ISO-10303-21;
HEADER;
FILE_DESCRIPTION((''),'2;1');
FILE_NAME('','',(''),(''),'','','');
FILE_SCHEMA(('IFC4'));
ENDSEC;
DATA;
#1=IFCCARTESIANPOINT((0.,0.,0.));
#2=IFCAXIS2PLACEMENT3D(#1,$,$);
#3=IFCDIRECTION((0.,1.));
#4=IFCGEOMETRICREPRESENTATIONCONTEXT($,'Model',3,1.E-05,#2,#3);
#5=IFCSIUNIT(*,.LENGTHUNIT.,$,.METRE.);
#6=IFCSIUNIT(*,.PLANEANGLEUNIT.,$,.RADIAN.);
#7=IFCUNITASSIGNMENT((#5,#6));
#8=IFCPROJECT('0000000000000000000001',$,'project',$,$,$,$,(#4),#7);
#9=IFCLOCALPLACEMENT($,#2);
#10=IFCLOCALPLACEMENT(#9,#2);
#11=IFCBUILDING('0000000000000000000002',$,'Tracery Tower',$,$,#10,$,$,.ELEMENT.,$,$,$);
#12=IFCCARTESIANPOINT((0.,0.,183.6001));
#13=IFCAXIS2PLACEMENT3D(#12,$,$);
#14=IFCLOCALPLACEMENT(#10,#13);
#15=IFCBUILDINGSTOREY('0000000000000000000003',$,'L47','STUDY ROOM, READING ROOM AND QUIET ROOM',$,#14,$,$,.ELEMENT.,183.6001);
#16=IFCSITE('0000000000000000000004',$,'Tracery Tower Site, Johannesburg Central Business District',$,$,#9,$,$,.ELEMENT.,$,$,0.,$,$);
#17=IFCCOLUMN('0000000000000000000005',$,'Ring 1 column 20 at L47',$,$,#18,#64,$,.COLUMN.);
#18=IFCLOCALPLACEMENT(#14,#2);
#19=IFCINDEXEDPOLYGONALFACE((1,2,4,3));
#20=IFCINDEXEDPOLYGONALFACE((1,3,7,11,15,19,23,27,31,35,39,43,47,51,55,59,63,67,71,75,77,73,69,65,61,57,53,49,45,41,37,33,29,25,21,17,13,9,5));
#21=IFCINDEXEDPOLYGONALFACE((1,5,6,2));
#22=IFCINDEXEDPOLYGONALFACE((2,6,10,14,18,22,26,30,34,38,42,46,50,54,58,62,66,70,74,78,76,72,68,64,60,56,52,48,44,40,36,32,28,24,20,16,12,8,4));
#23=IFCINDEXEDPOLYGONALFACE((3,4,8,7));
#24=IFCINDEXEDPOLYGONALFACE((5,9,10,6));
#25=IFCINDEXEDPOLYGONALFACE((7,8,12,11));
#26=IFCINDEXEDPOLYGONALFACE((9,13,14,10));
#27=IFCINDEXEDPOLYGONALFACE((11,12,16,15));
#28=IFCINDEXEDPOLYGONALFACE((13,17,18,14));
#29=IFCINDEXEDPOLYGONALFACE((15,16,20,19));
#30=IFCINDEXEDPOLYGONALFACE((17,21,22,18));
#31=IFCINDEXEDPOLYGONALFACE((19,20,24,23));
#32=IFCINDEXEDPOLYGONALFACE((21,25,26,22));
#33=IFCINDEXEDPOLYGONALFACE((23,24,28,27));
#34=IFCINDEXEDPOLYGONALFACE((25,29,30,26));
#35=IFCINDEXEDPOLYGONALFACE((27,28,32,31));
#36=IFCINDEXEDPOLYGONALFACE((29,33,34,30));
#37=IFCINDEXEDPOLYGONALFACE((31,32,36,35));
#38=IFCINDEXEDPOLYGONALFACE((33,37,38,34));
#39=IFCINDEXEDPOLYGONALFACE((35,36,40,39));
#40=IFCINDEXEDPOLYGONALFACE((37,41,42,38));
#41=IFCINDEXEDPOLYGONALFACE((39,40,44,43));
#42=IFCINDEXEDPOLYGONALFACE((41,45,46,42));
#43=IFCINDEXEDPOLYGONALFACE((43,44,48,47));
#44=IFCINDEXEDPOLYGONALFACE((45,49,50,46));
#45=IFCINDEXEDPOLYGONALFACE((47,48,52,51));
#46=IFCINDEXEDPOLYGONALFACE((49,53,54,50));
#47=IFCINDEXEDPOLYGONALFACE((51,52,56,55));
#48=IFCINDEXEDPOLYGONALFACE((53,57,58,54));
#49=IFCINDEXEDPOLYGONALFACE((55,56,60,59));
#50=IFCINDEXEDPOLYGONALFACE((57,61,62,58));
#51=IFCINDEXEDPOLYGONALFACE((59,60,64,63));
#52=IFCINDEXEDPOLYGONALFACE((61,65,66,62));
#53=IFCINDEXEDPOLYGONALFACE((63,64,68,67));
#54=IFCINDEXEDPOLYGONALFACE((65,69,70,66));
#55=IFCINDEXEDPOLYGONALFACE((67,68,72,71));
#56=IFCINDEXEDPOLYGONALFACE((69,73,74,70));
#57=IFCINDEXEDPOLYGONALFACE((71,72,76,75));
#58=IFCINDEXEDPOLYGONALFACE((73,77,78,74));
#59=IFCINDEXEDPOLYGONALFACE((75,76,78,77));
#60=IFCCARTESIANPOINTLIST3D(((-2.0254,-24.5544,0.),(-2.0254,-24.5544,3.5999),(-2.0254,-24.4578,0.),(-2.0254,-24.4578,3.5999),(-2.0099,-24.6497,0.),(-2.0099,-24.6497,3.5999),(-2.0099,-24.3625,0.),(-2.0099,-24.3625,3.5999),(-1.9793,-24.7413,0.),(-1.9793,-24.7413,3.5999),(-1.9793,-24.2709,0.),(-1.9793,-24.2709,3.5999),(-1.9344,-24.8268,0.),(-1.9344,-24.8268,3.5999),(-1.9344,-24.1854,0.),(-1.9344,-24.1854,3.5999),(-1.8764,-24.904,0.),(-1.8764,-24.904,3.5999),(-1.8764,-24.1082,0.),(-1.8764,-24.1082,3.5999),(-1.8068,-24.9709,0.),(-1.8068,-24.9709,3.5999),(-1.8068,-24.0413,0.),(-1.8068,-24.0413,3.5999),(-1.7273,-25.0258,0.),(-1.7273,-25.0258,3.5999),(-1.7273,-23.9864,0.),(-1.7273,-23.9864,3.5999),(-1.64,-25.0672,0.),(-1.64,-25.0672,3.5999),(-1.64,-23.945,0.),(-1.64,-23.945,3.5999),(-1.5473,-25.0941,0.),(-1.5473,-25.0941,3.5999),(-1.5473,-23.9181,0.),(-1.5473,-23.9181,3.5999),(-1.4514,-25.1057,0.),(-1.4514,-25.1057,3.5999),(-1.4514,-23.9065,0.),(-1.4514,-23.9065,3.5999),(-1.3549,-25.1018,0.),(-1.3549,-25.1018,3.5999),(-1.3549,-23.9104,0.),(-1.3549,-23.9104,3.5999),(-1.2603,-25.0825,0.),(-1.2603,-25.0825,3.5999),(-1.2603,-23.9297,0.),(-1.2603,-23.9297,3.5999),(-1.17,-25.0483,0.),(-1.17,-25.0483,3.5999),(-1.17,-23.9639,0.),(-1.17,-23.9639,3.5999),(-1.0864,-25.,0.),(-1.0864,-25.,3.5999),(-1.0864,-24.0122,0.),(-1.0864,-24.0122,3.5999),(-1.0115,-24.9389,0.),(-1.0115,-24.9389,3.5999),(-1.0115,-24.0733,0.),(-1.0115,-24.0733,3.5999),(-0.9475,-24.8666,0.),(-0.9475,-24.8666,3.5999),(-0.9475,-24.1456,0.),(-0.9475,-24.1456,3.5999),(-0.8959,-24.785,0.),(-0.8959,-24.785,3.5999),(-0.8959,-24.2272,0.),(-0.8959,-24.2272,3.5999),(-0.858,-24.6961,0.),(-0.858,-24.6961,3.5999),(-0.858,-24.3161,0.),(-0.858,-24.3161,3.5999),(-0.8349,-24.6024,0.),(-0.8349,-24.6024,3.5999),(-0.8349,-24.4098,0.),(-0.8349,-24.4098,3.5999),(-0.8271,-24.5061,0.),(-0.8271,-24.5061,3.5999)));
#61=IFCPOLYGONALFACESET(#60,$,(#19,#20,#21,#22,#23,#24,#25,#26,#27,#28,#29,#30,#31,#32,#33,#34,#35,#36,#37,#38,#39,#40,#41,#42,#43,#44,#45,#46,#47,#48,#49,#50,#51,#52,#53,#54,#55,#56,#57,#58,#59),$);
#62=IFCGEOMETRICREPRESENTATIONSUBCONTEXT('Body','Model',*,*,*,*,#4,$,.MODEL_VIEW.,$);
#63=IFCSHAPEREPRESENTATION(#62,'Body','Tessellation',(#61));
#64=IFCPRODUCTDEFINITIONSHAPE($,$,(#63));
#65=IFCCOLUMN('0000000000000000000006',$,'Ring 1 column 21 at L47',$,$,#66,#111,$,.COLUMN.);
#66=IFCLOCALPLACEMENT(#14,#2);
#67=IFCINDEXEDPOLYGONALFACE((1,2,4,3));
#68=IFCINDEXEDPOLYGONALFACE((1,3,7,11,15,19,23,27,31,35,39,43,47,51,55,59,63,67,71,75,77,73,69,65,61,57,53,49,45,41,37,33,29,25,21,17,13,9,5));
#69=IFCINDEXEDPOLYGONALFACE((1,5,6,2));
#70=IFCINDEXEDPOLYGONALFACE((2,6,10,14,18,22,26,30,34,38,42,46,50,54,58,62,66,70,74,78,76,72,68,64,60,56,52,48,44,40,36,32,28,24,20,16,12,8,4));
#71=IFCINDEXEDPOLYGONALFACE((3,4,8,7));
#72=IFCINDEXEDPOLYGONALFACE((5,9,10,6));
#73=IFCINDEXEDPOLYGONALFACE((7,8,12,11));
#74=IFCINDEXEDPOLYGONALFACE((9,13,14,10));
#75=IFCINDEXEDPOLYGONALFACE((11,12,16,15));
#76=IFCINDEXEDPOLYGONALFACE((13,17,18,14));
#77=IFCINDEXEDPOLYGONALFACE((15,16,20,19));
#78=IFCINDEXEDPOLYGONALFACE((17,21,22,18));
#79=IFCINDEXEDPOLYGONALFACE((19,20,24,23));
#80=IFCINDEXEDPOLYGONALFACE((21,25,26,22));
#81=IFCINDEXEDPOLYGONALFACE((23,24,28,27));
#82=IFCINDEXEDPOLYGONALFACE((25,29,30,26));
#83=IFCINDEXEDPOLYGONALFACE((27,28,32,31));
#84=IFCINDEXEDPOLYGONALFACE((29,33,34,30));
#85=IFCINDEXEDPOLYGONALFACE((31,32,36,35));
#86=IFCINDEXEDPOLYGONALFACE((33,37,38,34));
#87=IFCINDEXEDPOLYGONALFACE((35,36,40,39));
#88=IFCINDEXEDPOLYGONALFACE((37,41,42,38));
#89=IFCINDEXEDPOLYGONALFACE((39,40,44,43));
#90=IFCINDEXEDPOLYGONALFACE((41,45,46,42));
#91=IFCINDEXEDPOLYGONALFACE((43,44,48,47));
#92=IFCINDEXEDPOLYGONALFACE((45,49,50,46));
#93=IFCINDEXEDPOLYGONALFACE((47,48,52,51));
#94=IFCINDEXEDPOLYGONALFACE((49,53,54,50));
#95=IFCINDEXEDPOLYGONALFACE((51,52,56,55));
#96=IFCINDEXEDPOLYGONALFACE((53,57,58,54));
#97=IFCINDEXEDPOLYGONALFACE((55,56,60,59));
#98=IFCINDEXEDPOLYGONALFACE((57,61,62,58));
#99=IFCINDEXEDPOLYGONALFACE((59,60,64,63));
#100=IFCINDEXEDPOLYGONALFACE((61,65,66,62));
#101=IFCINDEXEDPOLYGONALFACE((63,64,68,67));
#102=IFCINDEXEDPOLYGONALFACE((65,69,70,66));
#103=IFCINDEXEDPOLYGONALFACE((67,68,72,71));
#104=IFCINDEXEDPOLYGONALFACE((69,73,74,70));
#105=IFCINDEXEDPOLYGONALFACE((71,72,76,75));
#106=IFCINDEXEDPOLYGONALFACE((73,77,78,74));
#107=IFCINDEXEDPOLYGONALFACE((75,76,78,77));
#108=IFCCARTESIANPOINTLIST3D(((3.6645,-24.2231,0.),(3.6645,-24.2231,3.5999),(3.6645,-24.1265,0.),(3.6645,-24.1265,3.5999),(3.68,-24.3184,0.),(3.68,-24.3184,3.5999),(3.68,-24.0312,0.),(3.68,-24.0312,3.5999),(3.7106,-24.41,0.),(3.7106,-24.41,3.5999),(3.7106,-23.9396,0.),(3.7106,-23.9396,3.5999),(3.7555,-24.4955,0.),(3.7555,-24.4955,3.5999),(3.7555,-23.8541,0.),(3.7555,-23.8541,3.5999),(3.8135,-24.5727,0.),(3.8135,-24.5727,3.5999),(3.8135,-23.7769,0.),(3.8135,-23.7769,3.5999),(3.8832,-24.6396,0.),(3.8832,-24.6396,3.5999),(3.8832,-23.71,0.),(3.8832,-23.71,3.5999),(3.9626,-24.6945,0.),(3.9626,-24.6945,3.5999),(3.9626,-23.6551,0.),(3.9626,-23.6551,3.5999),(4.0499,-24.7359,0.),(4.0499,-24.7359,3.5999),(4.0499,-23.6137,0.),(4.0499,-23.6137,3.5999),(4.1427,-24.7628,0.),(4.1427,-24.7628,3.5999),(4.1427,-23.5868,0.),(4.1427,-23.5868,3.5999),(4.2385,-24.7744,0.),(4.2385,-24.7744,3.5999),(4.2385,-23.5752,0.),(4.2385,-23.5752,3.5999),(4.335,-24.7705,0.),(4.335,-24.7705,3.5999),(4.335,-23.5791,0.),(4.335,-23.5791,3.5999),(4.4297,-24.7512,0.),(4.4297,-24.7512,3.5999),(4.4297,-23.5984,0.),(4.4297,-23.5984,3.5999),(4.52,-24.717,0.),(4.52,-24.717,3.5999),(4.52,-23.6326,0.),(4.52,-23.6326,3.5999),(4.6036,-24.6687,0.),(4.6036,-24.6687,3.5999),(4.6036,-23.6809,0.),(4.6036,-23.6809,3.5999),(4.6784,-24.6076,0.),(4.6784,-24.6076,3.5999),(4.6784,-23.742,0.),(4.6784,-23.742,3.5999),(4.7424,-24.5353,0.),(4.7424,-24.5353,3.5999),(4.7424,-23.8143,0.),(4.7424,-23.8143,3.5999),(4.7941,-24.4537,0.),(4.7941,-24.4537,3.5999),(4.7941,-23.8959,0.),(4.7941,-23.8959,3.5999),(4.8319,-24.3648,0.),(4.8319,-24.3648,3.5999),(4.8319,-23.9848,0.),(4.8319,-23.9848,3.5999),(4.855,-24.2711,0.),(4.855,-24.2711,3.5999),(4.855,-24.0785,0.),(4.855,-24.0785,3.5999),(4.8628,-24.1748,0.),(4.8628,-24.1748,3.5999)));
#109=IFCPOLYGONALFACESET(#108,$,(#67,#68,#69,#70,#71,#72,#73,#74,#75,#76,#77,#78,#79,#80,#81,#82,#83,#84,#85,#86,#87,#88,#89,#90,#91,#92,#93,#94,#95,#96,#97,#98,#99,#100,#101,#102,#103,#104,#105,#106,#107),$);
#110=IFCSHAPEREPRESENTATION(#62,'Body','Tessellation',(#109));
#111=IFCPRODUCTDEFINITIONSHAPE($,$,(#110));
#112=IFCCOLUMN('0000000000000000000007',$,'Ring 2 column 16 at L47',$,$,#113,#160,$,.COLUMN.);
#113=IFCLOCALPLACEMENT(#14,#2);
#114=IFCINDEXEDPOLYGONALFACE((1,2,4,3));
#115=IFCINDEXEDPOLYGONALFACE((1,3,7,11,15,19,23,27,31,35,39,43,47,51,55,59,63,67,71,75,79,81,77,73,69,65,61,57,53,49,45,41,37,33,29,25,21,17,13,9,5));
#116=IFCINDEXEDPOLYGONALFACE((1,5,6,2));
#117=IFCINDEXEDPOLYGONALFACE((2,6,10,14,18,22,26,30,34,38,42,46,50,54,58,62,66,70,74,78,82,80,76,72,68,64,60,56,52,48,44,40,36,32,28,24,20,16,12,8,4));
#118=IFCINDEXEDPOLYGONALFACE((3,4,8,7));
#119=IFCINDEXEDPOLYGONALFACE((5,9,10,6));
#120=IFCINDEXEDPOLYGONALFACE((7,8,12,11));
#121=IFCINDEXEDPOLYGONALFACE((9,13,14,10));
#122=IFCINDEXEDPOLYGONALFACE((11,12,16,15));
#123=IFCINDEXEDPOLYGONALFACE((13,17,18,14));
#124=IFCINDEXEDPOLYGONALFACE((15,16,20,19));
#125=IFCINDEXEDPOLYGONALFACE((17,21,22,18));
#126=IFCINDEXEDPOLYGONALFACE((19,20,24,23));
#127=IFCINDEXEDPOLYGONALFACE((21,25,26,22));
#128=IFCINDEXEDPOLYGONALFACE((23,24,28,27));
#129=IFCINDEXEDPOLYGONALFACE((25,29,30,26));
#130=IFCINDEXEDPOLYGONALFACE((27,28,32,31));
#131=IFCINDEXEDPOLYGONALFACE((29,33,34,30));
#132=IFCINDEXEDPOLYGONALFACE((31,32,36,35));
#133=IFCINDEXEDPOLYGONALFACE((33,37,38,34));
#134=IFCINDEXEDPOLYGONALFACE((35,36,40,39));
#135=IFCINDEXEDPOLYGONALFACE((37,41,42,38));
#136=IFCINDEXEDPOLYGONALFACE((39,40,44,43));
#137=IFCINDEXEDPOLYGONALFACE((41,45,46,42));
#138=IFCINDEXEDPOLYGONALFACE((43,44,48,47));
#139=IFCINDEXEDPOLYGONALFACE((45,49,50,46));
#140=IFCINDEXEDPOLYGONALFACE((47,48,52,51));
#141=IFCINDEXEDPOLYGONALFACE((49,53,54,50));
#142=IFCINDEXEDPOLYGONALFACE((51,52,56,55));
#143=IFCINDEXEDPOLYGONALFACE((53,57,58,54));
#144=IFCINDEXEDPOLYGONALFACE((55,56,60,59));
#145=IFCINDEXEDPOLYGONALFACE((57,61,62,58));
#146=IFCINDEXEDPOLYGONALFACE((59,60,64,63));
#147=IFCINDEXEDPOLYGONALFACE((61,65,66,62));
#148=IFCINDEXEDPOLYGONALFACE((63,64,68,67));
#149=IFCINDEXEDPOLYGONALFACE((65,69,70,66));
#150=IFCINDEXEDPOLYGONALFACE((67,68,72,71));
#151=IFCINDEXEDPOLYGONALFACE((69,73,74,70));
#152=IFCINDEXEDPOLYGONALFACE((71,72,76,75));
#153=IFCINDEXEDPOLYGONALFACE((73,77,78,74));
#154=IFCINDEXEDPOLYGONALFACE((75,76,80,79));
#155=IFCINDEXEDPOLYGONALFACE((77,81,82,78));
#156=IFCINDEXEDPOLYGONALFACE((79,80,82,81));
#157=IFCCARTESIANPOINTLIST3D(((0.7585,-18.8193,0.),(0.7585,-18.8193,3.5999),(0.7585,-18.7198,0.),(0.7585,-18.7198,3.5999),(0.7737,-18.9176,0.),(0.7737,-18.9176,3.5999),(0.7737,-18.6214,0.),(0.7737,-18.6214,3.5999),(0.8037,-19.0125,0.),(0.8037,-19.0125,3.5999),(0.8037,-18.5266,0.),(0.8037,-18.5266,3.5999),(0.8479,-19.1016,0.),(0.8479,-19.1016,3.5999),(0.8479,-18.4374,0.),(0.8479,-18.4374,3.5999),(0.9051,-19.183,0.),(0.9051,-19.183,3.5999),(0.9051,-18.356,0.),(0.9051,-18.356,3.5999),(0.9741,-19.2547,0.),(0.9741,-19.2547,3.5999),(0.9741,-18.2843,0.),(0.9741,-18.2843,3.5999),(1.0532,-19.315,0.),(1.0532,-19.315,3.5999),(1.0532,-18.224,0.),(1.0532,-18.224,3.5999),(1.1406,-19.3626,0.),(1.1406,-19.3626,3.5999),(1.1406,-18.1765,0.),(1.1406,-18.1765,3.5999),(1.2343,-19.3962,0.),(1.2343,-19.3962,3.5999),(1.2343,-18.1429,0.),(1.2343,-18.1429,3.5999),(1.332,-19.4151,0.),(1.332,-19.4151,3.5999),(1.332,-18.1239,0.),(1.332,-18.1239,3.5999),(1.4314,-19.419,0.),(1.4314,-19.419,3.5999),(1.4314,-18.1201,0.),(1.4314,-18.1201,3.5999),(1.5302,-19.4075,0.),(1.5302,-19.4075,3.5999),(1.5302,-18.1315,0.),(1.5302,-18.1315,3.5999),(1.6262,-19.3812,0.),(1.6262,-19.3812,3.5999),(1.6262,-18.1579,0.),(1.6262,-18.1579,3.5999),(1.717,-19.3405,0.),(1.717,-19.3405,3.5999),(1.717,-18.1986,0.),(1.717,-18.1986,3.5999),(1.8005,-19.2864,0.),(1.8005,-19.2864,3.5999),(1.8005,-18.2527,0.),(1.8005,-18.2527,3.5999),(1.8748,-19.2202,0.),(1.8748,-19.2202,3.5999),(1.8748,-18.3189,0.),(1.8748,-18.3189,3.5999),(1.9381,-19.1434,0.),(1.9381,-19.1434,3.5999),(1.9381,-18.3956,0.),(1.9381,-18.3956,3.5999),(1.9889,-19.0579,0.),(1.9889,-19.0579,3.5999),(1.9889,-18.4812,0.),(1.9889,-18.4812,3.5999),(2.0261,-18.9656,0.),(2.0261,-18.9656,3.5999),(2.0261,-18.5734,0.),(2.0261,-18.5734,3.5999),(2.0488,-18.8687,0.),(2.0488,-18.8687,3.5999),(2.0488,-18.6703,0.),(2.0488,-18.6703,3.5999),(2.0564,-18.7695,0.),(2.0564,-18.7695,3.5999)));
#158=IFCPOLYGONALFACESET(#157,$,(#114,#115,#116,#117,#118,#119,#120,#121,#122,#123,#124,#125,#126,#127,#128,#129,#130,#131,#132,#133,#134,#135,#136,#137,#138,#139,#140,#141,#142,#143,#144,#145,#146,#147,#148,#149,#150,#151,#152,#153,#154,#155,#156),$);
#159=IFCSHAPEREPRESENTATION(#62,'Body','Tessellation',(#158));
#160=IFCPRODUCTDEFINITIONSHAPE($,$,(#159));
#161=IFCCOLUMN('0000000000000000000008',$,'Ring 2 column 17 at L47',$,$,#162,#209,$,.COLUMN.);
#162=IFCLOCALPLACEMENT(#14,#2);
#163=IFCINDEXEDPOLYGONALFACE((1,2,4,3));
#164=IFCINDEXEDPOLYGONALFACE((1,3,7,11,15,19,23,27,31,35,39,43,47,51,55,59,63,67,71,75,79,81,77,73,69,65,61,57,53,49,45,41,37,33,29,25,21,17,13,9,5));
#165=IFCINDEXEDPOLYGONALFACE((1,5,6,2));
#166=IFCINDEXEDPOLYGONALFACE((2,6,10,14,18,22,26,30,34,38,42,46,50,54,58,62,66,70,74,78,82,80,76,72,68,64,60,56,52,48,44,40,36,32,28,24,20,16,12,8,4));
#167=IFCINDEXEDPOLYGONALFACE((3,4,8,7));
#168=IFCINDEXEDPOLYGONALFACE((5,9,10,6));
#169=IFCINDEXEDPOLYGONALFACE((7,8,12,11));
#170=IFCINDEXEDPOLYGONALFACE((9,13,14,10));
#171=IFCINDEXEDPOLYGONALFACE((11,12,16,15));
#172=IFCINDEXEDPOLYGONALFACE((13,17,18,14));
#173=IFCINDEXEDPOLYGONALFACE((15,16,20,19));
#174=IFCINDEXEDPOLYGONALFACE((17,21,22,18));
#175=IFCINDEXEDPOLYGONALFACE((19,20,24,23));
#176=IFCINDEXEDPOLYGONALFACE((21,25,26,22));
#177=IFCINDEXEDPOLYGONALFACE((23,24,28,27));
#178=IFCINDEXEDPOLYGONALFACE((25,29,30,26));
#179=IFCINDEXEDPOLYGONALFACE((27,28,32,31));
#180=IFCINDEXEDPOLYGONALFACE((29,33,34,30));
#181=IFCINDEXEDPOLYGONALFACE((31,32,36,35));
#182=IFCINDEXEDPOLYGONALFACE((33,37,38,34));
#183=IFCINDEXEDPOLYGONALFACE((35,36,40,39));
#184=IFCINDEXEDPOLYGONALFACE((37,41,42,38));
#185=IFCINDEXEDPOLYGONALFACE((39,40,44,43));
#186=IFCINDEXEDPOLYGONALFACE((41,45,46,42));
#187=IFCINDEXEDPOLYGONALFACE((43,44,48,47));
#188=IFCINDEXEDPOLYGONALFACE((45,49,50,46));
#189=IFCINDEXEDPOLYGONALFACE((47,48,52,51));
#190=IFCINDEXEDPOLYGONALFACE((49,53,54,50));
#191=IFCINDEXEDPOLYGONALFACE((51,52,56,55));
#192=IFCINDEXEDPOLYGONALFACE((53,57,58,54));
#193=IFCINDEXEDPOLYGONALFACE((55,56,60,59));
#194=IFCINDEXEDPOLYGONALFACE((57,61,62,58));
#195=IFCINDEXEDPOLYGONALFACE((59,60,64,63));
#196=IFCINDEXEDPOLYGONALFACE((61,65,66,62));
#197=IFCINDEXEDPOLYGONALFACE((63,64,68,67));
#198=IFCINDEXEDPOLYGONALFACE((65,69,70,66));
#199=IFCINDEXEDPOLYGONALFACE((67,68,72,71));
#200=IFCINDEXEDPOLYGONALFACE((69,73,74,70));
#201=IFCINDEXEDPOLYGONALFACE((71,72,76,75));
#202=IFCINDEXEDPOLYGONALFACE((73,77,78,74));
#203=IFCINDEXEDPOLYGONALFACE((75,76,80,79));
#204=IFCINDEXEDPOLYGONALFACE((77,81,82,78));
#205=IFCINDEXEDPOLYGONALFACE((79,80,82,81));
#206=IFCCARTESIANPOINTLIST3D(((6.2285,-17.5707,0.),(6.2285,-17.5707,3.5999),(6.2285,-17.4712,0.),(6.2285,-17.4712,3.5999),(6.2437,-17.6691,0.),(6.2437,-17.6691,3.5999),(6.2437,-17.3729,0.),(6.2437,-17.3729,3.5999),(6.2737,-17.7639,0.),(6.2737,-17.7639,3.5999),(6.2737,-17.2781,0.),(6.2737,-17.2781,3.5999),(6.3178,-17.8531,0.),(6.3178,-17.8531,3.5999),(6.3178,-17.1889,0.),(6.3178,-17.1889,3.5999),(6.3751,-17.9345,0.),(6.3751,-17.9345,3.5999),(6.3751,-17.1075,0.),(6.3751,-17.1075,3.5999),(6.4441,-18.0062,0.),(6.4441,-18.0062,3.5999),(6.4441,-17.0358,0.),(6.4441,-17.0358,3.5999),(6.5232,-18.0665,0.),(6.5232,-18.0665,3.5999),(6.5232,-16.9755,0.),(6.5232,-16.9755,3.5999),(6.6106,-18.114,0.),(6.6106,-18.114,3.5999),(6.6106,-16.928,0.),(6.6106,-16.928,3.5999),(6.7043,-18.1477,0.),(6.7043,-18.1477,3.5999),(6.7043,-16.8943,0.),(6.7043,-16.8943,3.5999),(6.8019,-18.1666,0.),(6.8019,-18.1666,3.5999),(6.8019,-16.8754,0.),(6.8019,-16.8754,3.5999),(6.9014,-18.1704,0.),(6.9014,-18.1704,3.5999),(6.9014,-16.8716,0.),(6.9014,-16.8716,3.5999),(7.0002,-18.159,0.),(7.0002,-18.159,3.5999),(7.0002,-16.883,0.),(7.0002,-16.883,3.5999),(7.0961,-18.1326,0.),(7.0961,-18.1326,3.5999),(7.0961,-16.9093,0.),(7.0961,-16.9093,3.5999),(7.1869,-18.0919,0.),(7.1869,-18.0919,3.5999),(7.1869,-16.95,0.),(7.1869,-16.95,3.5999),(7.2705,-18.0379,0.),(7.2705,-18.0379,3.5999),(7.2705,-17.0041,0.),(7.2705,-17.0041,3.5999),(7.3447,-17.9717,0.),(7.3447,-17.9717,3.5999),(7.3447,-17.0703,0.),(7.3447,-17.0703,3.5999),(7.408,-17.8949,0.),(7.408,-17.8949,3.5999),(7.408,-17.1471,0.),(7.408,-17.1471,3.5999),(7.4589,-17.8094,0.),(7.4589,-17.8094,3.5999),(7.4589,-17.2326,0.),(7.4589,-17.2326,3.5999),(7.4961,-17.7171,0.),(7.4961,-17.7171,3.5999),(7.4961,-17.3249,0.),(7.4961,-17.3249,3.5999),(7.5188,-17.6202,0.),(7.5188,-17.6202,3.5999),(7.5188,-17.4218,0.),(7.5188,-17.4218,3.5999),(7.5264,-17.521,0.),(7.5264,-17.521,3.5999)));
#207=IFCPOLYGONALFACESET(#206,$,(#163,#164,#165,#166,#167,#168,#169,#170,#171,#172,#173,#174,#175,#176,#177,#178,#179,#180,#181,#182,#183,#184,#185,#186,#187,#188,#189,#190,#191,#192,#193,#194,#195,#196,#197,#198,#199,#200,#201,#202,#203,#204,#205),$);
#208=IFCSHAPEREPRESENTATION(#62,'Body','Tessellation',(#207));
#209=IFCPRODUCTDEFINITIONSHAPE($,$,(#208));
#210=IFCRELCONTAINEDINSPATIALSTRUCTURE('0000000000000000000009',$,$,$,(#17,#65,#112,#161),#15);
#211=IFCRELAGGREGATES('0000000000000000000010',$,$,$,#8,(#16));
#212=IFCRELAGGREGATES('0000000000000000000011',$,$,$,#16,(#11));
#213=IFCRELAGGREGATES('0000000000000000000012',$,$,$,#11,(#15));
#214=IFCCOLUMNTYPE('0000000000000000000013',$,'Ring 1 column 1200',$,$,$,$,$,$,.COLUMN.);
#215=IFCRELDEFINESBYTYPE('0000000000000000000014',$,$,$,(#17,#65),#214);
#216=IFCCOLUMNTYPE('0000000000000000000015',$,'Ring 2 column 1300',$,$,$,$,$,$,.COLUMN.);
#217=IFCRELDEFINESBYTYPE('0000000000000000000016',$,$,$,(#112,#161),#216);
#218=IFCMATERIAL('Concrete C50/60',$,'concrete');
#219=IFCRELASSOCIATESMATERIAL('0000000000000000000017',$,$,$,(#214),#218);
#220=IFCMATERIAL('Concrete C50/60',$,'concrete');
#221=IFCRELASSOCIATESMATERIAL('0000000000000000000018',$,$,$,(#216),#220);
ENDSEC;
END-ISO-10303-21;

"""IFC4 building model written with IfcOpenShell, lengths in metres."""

from ifc_helpers import new_model, si_unit, direction, frame, origin, origin_2d, place, context, subcontext, project, spatial, circle, extrude, material, material_profile, profile_set, type_object, element, save


model = new_model("IFC4")

# Units and contexts
model_context = context("Model", 3, precision=1e-05, world=origin(), true_north=direction((0.0, 1.0)))
body_context = subcontext(model_context, "Body", "Model", "MODEL_VIEW")
ifc_project = project(units=[si_unit("LENGTHUNIT", "METRE"), si_unit("PLANEANGLEUNIT", "RADIAN")], contexts=[model_context])

# Site, building, storey
site_placement = place(None, origin())
site = spatial("IfcSite", under=ifc_project, at=site_placement, Name="Tracery Tower Site, Johannesburg Central Business District", CompositionType="ELEMENT", RefElevation=0.0)
building_placement = place(site_placement, origin())
building = spatial("IfcBuilding", under=site, at=building_placement, Name="Tracery Tower", CompositionType="ELEMENT")
storey_placement = place(building_placement, frame((0.0, 0.0, 183.6001)))
storey = spatial("IfcBuildingStorey", under=building, at=storey_placement, Name="L47", Description="STUDY ROOM, READING ROOM AND QUIET ROOM", CompositionType="ELEMENT", Elevation=183.6001)

# Columns
ifc_material_1 = material(Name="Concrete C50/60", Category="concrete")
ifc_material_profile_1 = material_profile(ifc_material_1, circle(Radius=0.6001, at=origin_2d()), Name="RC D1200")
ifc_profile_set_1 = profile_set([ifc_material_profile_1], Name="Concrete C50/60")
column_type_1 = type_object("IfcColumnType", Name="Ring 1 column 1200", PredefinedType="COLUMN", material=ifc_profile_set_1)
for number, where, z_axis, x_axis, name in (
    (1, (-1.4272, -24.5061, 0.0), (0.0, 0.0, 1.0), (1.0, 0.0, 0.0), "Ring 1 column 20 at L47"),
    (2, (4.2627, -24.1748, 0.0), (0.0, 0.0, 1.0), (1.0, 0.0, 0.0), "Ring 1 column 21 at L47"),
):
    element("IfcColumn", number, at=place(storey_placement, frame(where, z_axis=z_axis, x_axis=x_axis)), inside=storey, type_object=column_type_1, Name=name, PredefinedType="COLUMN", context=body_context, shape_type="SweptSolid", body=[
        extrude(circle(Radius=0.6001, at=origin_2d()), origin(), (0.0, 0.0, 1.0), 3.5999),
    ])
ifc_material_2 = material(Name="Concrete C50/60", Category="concrete")
ifc_material_profile_2 = material_profile(ifc_material_2, circle(Radius=0.6499, at=origin_2d()), Name="RC D1300")
ifc_profile_set_2 = profile_set([ifc_material_profile_2], Name="Concrete C50/60")
column_type_2 = type_object("IfcColumnType", Name="Ring 2 column 1300", PredefinedType="COLUMN", material=ifc_profile_set_2)
for number, where, z_axis, x_axis, name in (
    (3, (1.4065, -18.7695, 0.0), (0.0, 0.0, 1.0), (1.0, 0.0, 0.0), "Ring 2 column 16 at L47"),
    (4, (6.8765, -17.521, 0.0), (0.0, 0.0, 1.0), (1.0, 0.0, 0.0), "Ring 2 column 17 at L47"),
):
    element("IfcColumn", number, at=place(storey_placement, frame(where, z_axis=z_axis, x_axis=x_axis)), inside=storey, type_object=column_type_2, Name=name, PredefinedType="COLUMN", context=body_context, shape_type="SweptSolid", body=[
        extrude(circle(Radius=0.6499, at=origin_2d()), origin(), (0.0, 0.0, 1.0), 3.5999),
    ])

save(model, "model.ifc")
